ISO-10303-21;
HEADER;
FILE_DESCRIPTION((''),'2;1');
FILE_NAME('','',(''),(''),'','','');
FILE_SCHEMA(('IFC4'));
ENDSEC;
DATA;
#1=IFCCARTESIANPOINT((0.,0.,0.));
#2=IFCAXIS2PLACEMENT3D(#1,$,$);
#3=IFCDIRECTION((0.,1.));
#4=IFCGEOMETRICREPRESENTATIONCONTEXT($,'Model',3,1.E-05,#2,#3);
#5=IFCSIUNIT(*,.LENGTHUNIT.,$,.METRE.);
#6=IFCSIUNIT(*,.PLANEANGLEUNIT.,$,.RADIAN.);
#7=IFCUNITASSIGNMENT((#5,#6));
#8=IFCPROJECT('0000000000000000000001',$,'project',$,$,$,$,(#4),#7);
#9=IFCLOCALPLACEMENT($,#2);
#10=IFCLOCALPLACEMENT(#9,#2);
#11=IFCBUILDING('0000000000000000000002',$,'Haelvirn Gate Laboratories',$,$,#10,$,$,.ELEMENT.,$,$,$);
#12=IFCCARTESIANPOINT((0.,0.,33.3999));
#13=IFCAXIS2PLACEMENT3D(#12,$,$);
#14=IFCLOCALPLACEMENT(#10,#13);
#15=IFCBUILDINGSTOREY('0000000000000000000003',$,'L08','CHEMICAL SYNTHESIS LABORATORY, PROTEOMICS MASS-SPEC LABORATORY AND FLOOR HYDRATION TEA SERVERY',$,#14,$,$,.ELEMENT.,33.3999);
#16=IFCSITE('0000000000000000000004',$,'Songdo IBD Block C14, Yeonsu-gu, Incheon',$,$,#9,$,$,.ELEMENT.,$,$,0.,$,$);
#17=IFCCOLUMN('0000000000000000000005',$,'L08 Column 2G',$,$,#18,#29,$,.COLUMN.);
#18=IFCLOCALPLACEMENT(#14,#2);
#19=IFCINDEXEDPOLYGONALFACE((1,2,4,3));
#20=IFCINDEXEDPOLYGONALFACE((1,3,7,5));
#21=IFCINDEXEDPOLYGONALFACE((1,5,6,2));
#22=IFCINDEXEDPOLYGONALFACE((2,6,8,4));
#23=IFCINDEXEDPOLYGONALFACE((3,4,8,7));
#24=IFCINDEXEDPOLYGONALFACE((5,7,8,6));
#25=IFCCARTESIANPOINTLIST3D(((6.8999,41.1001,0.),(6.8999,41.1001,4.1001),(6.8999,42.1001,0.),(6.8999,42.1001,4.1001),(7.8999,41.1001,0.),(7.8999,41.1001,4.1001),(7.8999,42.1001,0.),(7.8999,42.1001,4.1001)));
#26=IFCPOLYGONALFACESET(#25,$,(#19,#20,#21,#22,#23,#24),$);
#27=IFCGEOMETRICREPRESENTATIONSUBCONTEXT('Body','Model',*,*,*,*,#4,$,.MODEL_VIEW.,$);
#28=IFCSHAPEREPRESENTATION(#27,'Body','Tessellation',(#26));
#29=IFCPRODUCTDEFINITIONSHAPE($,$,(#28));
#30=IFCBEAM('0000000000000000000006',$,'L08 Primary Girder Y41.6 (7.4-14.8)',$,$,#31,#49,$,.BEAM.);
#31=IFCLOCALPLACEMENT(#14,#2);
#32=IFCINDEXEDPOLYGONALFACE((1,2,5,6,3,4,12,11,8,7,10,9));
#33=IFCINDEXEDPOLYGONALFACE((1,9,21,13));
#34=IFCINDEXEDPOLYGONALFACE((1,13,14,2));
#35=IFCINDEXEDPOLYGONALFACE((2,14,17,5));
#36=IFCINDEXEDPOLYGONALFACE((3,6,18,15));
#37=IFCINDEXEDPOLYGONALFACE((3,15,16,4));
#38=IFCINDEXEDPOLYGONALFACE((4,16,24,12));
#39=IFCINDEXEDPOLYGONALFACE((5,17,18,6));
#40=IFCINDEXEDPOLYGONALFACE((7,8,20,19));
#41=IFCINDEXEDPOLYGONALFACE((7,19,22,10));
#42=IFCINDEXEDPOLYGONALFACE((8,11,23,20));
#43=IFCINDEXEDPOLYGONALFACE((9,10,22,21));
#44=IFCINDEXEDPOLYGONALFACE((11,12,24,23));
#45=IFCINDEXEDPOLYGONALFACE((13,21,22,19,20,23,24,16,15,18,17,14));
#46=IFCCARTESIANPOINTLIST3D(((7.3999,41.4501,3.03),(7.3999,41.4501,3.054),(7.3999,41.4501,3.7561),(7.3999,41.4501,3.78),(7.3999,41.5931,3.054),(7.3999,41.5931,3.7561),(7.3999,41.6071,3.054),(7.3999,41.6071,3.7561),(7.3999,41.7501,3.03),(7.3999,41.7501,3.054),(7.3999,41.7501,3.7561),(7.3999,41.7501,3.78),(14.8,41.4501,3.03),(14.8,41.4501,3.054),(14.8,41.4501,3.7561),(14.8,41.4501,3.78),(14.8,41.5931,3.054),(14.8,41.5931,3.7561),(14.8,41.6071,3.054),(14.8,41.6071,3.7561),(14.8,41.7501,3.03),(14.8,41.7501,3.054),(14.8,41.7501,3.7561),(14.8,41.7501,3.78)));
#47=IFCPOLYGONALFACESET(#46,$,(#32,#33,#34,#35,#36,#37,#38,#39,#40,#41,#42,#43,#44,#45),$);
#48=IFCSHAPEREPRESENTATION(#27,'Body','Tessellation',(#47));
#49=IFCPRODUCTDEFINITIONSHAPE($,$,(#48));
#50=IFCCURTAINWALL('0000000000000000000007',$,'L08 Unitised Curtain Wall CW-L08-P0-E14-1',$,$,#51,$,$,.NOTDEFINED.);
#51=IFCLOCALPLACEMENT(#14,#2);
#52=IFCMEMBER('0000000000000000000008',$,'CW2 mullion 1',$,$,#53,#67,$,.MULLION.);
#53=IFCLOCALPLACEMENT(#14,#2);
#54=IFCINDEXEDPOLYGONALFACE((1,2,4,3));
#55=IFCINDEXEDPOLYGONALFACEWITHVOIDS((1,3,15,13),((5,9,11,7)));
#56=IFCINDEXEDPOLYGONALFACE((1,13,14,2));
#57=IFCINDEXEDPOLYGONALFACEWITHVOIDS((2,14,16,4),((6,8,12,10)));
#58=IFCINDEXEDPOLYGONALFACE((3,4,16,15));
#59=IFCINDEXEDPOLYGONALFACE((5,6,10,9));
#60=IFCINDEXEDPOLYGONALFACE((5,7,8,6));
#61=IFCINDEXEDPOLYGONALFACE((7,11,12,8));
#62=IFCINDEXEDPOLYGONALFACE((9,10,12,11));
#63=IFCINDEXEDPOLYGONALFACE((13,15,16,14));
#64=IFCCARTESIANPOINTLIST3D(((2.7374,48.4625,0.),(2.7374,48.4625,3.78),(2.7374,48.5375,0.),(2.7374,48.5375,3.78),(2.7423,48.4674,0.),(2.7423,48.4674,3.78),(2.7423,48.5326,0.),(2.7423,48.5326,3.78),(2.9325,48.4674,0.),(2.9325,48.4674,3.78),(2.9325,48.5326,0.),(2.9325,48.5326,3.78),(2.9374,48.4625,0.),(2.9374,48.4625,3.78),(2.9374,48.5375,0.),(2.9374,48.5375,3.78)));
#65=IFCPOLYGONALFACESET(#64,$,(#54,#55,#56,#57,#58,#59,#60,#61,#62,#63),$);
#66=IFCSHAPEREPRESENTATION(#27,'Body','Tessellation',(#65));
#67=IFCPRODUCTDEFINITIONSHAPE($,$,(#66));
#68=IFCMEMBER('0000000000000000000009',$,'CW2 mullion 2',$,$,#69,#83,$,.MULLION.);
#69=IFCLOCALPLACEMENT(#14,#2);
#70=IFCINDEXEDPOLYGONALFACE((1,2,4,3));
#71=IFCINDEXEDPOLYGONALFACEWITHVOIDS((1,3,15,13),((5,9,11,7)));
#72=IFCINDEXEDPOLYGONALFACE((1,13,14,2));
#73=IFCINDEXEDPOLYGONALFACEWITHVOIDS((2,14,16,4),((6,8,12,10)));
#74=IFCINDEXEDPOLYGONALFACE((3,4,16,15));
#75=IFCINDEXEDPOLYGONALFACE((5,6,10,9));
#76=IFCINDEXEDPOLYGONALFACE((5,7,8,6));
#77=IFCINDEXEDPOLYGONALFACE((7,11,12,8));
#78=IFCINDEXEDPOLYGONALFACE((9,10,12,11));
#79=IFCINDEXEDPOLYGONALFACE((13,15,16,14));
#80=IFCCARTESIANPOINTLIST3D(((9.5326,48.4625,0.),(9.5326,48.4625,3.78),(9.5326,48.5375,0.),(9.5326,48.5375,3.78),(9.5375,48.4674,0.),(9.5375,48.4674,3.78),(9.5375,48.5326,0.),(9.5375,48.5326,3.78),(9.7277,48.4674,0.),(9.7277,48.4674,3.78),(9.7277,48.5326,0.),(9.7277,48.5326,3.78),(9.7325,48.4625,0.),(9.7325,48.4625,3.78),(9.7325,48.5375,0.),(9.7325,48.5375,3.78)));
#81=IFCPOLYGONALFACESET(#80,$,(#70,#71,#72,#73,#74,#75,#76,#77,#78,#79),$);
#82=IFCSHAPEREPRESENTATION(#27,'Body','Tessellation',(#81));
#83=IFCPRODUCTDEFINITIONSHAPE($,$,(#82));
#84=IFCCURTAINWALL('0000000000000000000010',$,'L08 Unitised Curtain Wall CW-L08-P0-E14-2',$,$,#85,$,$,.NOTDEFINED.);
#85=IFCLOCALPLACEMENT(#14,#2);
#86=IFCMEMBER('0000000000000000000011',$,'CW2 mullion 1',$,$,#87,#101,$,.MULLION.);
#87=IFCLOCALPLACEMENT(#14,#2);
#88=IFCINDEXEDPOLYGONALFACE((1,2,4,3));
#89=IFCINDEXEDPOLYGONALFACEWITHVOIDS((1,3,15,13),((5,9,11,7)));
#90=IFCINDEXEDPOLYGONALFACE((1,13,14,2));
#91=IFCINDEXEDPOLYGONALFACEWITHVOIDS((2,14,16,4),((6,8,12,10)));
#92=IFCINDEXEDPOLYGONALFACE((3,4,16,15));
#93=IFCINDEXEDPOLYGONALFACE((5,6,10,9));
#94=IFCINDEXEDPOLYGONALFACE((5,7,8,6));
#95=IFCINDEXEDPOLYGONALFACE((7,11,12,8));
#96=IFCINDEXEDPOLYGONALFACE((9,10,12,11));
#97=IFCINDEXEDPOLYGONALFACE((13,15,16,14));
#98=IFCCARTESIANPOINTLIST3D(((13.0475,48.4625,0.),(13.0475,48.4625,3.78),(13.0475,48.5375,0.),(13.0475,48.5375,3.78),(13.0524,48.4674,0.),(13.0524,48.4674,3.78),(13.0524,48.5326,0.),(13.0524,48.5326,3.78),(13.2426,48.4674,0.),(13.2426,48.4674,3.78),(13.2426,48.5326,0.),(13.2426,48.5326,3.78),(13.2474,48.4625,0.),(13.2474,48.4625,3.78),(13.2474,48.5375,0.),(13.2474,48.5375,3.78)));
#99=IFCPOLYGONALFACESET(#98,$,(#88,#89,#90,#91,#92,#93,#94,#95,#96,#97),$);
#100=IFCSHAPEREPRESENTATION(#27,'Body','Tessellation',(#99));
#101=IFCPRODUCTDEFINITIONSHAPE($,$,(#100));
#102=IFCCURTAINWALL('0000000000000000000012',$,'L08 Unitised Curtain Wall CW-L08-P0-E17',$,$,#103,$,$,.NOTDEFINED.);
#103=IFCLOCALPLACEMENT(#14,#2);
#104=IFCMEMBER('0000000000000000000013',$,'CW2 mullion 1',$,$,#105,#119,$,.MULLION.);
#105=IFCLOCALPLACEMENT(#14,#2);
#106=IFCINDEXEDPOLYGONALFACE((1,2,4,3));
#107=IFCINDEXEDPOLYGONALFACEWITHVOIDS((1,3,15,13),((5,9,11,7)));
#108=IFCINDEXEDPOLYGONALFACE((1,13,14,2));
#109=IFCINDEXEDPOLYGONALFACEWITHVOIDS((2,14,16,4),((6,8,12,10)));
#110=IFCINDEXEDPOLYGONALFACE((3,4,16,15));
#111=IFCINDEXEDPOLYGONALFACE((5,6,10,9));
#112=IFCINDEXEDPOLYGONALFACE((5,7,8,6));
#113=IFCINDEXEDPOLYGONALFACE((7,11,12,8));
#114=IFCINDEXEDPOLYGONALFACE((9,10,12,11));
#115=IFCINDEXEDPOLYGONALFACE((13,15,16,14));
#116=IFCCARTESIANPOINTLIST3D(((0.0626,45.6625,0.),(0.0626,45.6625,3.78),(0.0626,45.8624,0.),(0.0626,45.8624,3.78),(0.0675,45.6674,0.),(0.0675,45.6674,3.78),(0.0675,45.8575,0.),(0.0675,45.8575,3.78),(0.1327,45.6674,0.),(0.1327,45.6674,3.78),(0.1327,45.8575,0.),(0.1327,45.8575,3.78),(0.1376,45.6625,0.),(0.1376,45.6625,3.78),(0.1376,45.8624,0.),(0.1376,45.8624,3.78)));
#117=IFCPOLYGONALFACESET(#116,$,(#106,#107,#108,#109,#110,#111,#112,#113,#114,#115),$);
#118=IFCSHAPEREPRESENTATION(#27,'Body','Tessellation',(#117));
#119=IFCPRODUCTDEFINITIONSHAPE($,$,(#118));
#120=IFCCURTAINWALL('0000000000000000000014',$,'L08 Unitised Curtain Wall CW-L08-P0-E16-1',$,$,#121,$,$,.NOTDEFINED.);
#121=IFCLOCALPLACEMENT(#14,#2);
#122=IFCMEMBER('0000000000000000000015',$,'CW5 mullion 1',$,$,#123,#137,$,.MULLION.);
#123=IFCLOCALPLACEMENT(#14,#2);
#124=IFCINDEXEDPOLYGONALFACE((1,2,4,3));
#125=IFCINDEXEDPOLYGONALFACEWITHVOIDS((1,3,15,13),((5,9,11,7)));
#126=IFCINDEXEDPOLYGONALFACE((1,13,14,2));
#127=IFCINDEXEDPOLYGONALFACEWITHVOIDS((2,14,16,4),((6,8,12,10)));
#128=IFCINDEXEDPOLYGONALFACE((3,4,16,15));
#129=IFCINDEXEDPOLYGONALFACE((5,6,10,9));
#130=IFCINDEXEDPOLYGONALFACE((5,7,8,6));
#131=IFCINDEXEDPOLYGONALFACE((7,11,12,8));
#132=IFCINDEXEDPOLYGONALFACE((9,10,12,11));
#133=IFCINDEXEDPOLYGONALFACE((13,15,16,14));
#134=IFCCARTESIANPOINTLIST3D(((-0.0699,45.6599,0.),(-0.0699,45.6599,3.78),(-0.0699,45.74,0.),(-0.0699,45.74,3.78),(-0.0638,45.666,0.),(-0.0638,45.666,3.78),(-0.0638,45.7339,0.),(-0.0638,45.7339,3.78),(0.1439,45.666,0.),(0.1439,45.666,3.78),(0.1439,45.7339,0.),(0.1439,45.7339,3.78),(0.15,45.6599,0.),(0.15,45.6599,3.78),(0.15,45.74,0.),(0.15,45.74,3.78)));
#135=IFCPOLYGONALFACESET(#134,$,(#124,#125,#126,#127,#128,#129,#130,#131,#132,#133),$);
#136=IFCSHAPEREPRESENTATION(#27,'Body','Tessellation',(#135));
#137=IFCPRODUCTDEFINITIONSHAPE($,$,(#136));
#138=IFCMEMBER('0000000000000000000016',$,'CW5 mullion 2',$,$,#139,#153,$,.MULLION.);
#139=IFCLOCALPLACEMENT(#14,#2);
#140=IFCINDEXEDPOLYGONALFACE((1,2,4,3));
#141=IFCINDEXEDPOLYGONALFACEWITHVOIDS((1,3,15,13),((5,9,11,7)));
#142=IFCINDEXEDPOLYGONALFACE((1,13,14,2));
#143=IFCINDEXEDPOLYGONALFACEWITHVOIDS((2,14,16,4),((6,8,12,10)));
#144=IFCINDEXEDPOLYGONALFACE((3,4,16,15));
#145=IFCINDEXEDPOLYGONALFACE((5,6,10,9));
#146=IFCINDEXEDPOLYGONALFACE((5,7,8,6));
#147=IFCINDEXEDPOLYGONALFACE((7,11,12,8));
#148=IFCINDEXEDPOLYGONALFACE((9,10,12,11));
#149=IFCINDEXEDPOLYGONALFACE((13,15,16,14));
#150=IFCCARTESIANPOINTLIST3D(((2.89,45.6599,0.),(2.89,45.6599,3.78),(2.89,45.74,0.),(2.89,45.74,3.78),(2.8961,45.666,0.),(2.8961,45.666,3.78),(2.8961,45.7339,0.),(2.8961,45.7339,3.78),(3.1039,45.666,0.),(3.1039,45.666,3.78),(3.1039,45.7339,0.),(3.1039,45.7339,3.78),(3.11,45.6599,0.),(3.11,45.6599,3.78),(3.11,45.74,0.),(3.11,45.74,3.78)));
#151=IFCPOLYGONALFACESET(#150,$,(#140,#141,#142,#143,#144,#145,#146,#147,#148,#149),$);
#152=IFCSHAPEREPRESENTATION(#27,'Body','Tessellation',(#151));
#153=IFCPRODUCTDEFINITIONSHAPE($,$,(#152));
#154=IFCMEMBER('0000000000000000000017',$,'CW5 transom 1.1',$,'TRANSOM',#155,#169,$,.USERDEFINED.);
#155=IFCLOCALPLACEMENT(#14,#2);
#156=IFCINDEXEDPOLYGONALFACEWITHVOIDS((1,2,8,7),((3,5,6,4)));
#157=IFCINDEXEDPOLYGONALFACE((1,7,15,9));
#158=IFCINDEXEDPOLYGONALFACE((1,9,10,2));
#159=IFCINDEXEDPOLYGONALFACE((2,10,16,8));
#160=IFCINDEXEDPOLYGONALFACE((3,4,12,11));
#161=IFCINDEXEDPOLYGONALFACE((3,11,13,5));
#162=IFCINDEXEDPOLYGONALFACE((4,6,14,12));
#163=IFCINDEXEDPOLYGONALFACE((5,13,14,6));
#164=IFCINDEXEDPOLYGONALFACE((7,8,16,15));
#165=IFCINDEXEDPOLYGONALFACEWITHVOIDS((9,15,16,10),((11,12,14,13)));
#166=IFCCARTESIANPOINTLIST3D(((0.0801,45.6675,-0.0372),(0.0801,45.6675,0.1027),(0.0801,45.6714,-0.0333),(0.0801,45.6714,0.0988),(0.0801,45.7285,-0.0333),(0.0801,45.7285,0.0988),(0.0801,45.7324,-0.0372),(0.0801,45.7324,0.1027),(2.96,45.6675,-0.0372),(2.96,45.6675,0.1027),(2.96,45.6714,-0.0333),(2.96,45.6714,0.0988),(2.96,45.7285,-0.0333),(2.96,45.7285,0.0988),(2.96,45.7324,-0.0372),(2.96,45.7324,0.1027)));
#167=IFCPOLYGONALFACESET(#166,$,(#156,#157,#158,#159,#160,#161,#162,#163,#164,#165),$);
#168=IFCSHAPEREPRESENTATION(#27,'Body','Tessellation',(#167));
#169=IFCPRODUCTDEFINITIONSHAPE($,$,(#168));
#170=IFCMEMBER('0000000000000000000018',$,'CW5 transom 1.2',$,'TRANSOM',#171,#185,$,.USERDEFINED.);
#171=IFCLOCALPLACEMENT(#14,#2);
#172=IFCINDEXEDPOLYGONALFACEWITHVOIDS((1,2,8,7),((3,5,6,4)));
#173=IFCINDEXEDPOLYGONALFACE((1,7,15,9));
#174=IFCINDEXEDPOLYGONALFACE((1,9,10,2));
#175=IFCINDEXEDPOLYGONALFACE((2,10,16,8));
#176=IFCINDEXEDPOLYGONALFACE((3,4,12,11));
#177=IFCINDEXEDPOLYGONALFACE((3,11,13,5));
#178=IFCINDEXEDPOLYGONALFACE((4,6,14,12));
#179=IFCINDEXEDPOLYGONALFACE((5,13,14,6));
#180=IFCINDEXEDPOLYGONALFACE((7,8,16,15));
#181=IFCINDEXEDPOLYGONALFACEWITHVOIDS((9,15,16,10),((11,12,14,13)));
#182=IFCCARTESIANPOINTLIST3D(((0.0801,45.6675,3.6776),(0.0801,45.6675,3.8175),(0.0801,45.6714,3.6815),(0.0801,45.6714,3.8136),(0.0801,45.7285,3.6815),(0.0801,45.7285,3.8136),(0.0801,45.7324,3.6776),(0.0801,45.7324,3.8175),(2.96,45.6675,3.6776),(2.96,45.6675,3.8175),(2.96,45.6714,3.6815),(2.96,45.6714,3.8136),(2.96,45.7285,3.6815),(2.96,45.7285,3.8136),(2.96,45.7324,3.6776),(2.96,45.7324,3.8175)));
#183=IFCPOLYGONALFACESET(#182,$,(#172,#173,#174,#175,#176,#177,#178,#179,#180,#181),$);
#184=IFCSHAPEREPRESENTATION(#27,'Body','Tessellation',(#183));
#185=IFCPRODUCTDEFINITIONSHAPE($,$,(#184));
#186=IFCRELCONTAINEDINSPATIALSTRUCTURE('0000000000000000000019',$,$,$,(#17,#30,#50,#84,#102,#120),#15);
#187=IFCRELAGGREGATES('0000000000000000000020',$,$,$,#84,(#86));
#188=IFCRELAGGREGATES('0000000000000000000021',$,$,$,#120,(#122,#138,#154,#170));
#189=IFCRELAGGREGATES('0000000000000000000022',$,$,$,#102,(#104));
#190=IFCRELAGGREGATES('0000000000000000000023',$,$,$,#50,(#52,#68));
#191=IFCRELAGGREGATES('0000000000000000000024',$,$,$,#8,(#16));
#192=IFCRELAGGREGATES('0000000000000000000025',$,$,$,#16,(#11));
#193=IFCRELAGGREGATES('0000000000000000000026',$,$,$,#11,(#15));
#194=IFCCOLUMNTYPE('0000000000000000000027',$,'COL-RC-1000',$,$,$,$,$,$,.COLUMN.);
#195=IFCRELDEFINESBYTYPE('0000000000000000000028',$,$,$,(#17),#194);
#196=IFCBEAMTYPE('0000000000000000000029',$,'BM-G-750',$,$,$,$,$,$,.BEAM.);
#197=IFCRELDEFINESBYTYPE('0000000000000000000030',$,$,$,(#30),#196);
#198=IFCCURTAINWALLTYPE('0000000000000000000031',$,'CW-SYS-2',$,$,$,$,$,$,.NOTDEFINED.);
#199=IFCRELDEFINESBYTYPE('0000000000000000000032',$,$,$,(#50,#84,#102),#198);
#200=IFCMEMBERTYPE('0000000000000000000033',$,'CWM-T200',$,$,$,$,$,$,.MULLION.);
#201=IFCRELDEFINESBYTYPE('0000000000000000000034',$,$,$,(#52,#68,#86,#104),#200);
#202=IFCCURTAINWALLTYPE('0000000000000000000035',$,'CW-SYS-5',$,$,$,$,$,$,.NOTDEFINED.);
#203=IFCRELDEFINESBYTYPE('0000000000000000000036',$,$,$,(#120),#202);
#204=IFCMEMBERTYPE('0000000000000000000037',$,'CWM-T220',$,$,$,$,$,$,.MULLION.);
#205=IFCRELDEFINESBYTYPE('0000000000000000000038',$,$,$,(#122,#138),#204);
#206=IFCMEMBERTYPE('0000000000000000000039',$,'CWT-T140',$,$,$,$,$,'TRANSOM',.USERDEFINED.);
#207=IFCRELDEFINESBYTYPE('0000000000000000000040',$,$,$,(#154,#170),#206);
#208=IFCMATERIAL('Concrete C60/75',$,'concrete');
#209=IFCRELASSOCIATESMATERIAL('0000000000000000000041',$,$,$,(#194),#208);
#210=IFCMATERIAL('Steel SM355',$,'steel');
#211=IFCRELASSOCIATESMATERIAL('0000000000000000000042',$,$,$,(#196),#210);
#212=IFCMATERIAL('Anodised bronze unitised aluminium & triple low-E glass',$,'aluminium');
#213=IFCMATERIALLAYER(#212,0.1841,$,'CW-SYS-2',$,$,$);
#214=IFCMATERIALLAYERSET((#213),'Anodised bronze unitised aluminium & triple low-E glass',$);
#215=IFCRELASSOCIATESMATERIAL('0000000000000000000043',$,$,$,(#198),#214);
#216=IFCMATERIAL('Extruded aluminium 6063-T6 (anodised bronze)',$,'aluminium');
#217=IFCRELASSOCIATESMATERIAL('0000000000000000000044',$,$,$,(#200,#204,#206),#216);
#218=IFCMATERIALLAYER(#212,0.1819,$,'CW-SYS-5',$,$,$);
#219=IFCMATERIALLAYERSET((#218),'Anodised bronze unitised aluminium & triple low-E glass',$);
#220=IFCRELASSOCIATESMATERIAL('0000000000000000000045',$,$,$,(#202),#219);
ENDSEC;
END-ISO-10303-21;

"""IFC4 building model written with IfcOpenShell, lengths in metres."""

from ifc_helpers import new_model, si_unit, direction, frame, origin, origin_2d, place, context, subcontext, project, spatial, rectangle, hollow_rectangle, i_section, extrude, source, transform, mapped, material, layer, layer_set, material_profile, profile_set, type_object, type_shapes, element, aggregate, save


model = new_model("IFC4")

# Units and contexts
model_context = context("Model", 3, precision=1e-05, world=origin(), true_north=direction((0.0, 1.0)))
body_context = subcontext(model_context, "Body", "Model", "MODEL_VIEW")
ifc_project = project(units=[si_unit("LENGTHUNIT", "METRE"), si_unit("PLANEANGLEUNIT", "RADIAN")], contexts=[model_context])

# Site, building, storey
site_placement = place(None, origin())
site = spatial("IfcSite", under=ifc_project, at=site_placement, Name="Songdo IBD Block C14, Yeonsu-gu, Incheon", CompositionType="ELEMENT", RefElevation=0.0)
building_placement = place(site_placement, origin())
building = spatial("IfcBuilding", under=site, at=building_placement, Name="Haelvirn Gate Laboratories", CompositionType="ELEMENT")
storey_placement = place(building_placement, frame((0.0, 0.0, 33.3999)))
storey = spatial("IfcBuildingStorey", under=building, at=storey_placement, Name="L08", Description="CHEMICAL SYNTHESIS LABORATORY, PROTEOMICS MASS-SPEC LABORATORY AND FLOOR HYDRATION TEA SERVERY", CompositionType="ELEMENT", Elevation=33.3999)

# Column
ifc_material_1 = material(Name="Concrete C60/75", Category="concrete")
ifc_material_profile_1 = material_profile(ifc_material_1, rectangle(XDim=1.0, YDim=1.0, at=origin_2d()), Name="RC-1000x1000")
ifc_profile_set_1 = profile_set([ifc_material_profile_1], Name="Concrete C60/75")
column_type = type_object("IfcColumnType", Name="COL-RC-1000", PredefinedType="COLUMN", material=ifc_profile_set_1)
shared_shape_1 = source(origin(), body_context, "Body", "SweptSolid", [
    extrude(rectangle(XDim=1.0, YDim=1.0, at=origin_2d()), origin(), (0.0, 0.0, 1.0), 4.1001),
])
type_shapes(column_type, [shared_shape_1])
column_placement = place(storey_placement, frame((7.3999, 41.6001, 0.0), z_axis=(0.0, 0.0, 1.0), x_axis=(1.0, 0.0, 0.0)))
element("IfcColumn", 1, at=column_placement, inside=storey, type_object=column_type, Name="L08 Column 2G", PredefinedType="COLUMN", context=body_context, shape_type="MappedRepresentation", body=[
    mapped(shared_shape_1, transform((0.0, 0.0, 0.0), scale=1.0)),
])

# Beam
ifc_material_2 = material(Name="Steel SM355", Category="steel")
ifc_material_profile_2 = material_profile(ifc_material_2, i_section(OverallWidth=0.3, OverallDepth=0.75, WebThickness=0.0139, FlangeThickness=0.0239, at=origin_2d()), Name="H-750x300x14x24")
ifc_profile_set_2 = profile_set([ifc_material_profile_2], Name="Steel SM355")
beam_type = type_object("IfcBeamType", Name="BM-G-750", PredefinedType="BEAM", material=ifc_profile_set_2)
shared_shape_2 = source(origin(), body_context, "Body", "SweptSolid", [
    extrude(i_section(OverallWidth=0.3, OverallDepth=0.75, WebThickness=0.0139, FlangeThickness=0.0239, at=origin_2d()), origin(), (0.0, 0.0, 1.0), 7.4001),
])
type_shapes(beam_type, [shared_shape_2])
beam_placement = place(storey_placement, frame((7.3999, 41.6001, 3.405), z_axis=(1.0, 0.0, 0.0), x_axis=(0.0, 1.0, 0.0)))
element("IfcBeam", 2, at=beam_placement, inside=storey, type_object=beam_type, Name="L08 Primary Girder Y41.6 (7.4-14.8)", PredefinedType="BEAM", context=body_context, shape_type="MappedRepresentation", body=[
    mapped(shared_shape_2, transform((0.0, 0.0, 0.0), scale=1.0)),
])

# Curtain wall, members
ifc_material_3 = material(Name="Anodised bronze unitised aluminium & triple low-E glass", Category="aluminium")
ifc_layer_1 = layer(ifc_material_3, 0.1841, Name="CW-SYS-2")
ifc_layer_set_1 = layer_set([ifc_layer_1], Name="Anodised bronze unitised aluminium & triple low-E glass")
curtain_wall_type_1 = type_object("IfcCurtainWallType", Name="CW-SYS-2", PredefinedType="NOTDEFINED", material=ifc_layer_set_1)
curtain_wall_1_placement = place(storey_placement, origin())
curtain_wall_1 = element("IfcCurtainWall", 3, at=curtain_wall_1_placement, inside=storey, type_object=curtain_wall_type_1, Name="L08 Unitised Curtain Wall CW-L08-P0-E14-1", PredefinedType="NOTDEFINED")
ifc_material_4 = material(Name="Extruded aluminium 6063-T6 (anodised bronze)", Category="aluminium")
ifc_material_profile_3 = material_profile(ifc_material_4, hollow_rectangle(XDim=0.075, YDim=0.2, WallThickness=0.0049, at=origin_2d()), Name="CWM-200x75x5")
ifc_profile_set_3 = profile_set([ifc_material_profile_3], Name="Extruded aluminium 6063-T6 (anodised bronze)")
member_type_1 = type_object("IfcMemberType", Name="CWM-T200", PredefinedType="MULLION", material=ifc_profile_set_3)
shared_shape_3 = source(origin(), body_context, "Body", "SweptSolid", [
    extrude(hollow_rectangle(XDim=0.075, YDim=0.2, WallThickness=0.0049, at=origin_2d()), origin(), (0.0, 0.0, 1.0), 3.78),
])
type_shapes(member_type_1, [shared_shape_3])
member_1_placement = place(storey_placement, frame((2.8374, 48.5, 0.0), z_axis=(0.0, 0.0, 1.0), x_axis=(0.0, 1.0, 0.0)))
member_1 = element("IfcMember", 4, at=member_1_placement, type_object=member_type_1, Name="CW2 mullion 1", PredefinedType="MULLION", context=body_context, shape_type="MappedRepresentation", body=[
    mapped(shared_shape_3, transform((0.0, 0.0, 0.0), scale=1.0)),
])
member_2_placement = place(storey_placement, frame((9.6326, 48.5, 0.0), z_axis=(0.0, 0.0, 1.0), x_axis=(0.0, 1.0, 0.0)))
member_2 = element("IfcMember", 5, at=member_2_placement, type_object=member_type_1, Name="CW2 mullion 2", PredefinedType="MULLION", context=body_context, shape_type="MappedRepresentation", body=[
    mapped(shared_shape_3, transform((0.0, 0.0, 0.0), scale=1.0)),
])

# Curtain walls, members
curtain_wall_2_placement = place(storey_placement, origin())
curtain_wall_2 = element("IfcCurtainWall", 6, at=curtain_wall_2_placement, inside=storey, type_object=curtain_wall_type_1, Name="L08 Unitised Curtain Wall CW-L08-P0-E14-2", PredefinedType="NOTDEFINED")
member_3_placement = place(storey_placement, frame((13.1475, 48.5, 0.0), z_axis=(0.0, 0.0, 1.0), x_axis=(0.0, 1.0, 0.0)))
member_3 = element("IfcMember", 7, at=member_3_placement, type_object=member_type_1, Name="CW2 mullion 1", PredefinedType="MULLION", context=body_context, shape_type="MappedRepresentation", body=[
    mapped(shared_shape_3, transform((0.0, 0.0, 0.0), scale=1.0)),
])
curtain_wall_3_placement = place(storey_placement, origin())
curtain_wall_3 = element("IfcCurtainWall", 8, at=curtain_wall_3_placement, inside=storey, type_object=curtain_wall_type_1, Name="L08 Unitised Curtain Wall CW-L08-P0-E17", PredefinedType="NOTDEFINED")
member_4_placement = place(storey_placement, frame((0.1001, 45.7625, 0.0), z_axis=(0.0, 0.0, 1.0), x_axis=(1.0, 0.0, 0.0)))
member_4 = element("IfcMember", 9, at=member_4_placement, type_object=member_type_1, Name="CW2 mullion 1", PredefinedType="MULLION", context=body_context, shape_type="MappedRepresentation", body=[
    mapped(shared_shape_3, transform((0.0, 0.0, 0.0), scale=1.0)),
])

# Curtain wall, members
ifc_layer_2 = layer(ifc_material_3, 0.1819, Name="CW-SYS-5")
ifc_layer_set_2 = layer_set([ifc_layer_2], Name="Anodised bronze unitised aluminium & triple low-E glass")
curtain_wall_type_2 = type_object("IfcCurtainWallType", Name="CW-SYS-5", PredefinedType="NOTDEFINED", material=ifc_layer_set_2)
curtain_wall_4_placement = place(storey_placement, origin())
curtain_wall_4 = element("IfcCurtainWall", 10, at=curtain_wall_4_placement, inside=storey, type_object=curtain_wall_type_2, Name="L08 Unitised Curtain Wall CW-L08-P0-E16-1", PredefinedType="NOTDEFINED")
ifc_material_profile_4 = material_profile(ifc_material_4, hollow_rectangle(XDim=0.0801, YDim=0.22, WallThickness=0.0061, at=origin_2d()), Name="CWM-220x80x6")
ifc_profile_set_4 = profile_set([ifc_material_profile_4], Name="Extruded aluminium 6063-T6 (anodised bronze)")
member_type_2 = type_object("IfcMemberType", Name="CWM-T220", PredefinedType="MULLION", material=ifc_profile_set_4)
shared_shape_4 = source(origin(), body_context, "Body", "SweptSolid", [
    extrude(hollow_rectangle(XDim=0.0801, YDim=0.22, WallThickness=0.0061, at=origin_2d()), origin(), (0.0, 0.0, 1.0), 3.78),
])
type_shapes(member_type_2, [shared_shape_4])
member_5_placement = place(storey_placement, frame((0.04, 45.7, 0.0), z_axis=(0.0, 0.0, 1.0), x_axis=(0.0, 1.0, 0.0)))
member_5 = element("IfcMember", 11, at=member_5_placement, type_object=member_type_2, Name="CW5 mullion 1", PredefinedType="MULLION", context=body_context, shape_type="MappedRepresentation", body=[
    mapped(shared_shape_4, transform((0.0, 0.0, 0.0), scale=1.0)),
])
member_6_placement = place(storey_placement, frame((3.0, 45.7, 0.0), z_axis=(0.0, 0.0, 1.0), x_axis=(0.0, 1.0, 0.0)))
member_6 = element("IfcMember", 12, at=member_6_placement, type_object=member_type_2, Name="CW5 mullion 2", PredefinedType="MULLION", context=body_context, shape_type="MappedRepresentation", body=[
    mapped(shared_shape_4, transform((0.0, 0.0, 0.0), scale=1.0)),
])
ifc_material_profile_5 = material_profile(ifc_material_4, hollow_rectangle(XDim=0.0649, YDim=0.1399, WallThickness=0.0039, at=origin_2d()), Name="CWT-140x65x4")
ifc_profile_set_5 = profile_set([ifc_material_profile_5], Name="Extruded aluminium 6063-T6 (anodised bronze)")
member_type_3 = type_object("IfcMemberType", Name="CWT-T140", ElementType="TRANSOM", PredefinedType="USERDEFINED", material=ifc_profile_set_5)
shared_shape_5 = source(origin(), body_context, "Body", "SweptSolid", [
    extrude(hollow_rectangle(XDim=0.0649, YDim=0.1399, WallThickness=0.0039, at=origin_2d()), origin(), (0.0, 0.0, 1.0), 2.8799),
])
type_shapes(member_type_3, [shared_shape_5])
member_7_placement = place(storey_placement, frame((0.0801, 45.7, 0.0327), z_axis=(1.0, 0.0, 0.0), x_axis=(0.0, 1.0, 0.0)))
member_7 = element("IfcMember", 13, at=member_7_placement, type_object=member_type_3, Name="CW5 transom 1.1", ObjectType="TRANSOM", PredefinedType="USERDEFINED", context=body_context, shape_type="MappedRepresentation", body=[
    mapped(shared_shape_5, transform((0.0, 0.0, 0.0), scale=1.0)),
])
member_8_placement = place(storey_placement, frame((0.0801, 45.7, 3.7476), z_axis=(1.0, 0.0, 0.0), x_axis=(0.0, 1.0, 0.0)))
member_8 = element("IfcMember", 14, at=member_8_placement, type_object=member_type_3, Name="CW5 transom 1.2", ObjectType="TRANSOM", PredefinedType="USERDEFINED", context=body_context, shape_type="MappedRepresentation", body=[
    mapped(shared_shape_5, transform((0.0, 0.0, 0.0), scale=1.0)),
])

aggregate(curtain_wall_2, [member_3])

aggregate(curtain_wall_4, [member_5, member_6, member_7, member_8])
aggregate(curtain_wall_3, [member_4])
aggregate(curtain_wall_1, [member_1, member_2])

save(model, "model.ifc")
